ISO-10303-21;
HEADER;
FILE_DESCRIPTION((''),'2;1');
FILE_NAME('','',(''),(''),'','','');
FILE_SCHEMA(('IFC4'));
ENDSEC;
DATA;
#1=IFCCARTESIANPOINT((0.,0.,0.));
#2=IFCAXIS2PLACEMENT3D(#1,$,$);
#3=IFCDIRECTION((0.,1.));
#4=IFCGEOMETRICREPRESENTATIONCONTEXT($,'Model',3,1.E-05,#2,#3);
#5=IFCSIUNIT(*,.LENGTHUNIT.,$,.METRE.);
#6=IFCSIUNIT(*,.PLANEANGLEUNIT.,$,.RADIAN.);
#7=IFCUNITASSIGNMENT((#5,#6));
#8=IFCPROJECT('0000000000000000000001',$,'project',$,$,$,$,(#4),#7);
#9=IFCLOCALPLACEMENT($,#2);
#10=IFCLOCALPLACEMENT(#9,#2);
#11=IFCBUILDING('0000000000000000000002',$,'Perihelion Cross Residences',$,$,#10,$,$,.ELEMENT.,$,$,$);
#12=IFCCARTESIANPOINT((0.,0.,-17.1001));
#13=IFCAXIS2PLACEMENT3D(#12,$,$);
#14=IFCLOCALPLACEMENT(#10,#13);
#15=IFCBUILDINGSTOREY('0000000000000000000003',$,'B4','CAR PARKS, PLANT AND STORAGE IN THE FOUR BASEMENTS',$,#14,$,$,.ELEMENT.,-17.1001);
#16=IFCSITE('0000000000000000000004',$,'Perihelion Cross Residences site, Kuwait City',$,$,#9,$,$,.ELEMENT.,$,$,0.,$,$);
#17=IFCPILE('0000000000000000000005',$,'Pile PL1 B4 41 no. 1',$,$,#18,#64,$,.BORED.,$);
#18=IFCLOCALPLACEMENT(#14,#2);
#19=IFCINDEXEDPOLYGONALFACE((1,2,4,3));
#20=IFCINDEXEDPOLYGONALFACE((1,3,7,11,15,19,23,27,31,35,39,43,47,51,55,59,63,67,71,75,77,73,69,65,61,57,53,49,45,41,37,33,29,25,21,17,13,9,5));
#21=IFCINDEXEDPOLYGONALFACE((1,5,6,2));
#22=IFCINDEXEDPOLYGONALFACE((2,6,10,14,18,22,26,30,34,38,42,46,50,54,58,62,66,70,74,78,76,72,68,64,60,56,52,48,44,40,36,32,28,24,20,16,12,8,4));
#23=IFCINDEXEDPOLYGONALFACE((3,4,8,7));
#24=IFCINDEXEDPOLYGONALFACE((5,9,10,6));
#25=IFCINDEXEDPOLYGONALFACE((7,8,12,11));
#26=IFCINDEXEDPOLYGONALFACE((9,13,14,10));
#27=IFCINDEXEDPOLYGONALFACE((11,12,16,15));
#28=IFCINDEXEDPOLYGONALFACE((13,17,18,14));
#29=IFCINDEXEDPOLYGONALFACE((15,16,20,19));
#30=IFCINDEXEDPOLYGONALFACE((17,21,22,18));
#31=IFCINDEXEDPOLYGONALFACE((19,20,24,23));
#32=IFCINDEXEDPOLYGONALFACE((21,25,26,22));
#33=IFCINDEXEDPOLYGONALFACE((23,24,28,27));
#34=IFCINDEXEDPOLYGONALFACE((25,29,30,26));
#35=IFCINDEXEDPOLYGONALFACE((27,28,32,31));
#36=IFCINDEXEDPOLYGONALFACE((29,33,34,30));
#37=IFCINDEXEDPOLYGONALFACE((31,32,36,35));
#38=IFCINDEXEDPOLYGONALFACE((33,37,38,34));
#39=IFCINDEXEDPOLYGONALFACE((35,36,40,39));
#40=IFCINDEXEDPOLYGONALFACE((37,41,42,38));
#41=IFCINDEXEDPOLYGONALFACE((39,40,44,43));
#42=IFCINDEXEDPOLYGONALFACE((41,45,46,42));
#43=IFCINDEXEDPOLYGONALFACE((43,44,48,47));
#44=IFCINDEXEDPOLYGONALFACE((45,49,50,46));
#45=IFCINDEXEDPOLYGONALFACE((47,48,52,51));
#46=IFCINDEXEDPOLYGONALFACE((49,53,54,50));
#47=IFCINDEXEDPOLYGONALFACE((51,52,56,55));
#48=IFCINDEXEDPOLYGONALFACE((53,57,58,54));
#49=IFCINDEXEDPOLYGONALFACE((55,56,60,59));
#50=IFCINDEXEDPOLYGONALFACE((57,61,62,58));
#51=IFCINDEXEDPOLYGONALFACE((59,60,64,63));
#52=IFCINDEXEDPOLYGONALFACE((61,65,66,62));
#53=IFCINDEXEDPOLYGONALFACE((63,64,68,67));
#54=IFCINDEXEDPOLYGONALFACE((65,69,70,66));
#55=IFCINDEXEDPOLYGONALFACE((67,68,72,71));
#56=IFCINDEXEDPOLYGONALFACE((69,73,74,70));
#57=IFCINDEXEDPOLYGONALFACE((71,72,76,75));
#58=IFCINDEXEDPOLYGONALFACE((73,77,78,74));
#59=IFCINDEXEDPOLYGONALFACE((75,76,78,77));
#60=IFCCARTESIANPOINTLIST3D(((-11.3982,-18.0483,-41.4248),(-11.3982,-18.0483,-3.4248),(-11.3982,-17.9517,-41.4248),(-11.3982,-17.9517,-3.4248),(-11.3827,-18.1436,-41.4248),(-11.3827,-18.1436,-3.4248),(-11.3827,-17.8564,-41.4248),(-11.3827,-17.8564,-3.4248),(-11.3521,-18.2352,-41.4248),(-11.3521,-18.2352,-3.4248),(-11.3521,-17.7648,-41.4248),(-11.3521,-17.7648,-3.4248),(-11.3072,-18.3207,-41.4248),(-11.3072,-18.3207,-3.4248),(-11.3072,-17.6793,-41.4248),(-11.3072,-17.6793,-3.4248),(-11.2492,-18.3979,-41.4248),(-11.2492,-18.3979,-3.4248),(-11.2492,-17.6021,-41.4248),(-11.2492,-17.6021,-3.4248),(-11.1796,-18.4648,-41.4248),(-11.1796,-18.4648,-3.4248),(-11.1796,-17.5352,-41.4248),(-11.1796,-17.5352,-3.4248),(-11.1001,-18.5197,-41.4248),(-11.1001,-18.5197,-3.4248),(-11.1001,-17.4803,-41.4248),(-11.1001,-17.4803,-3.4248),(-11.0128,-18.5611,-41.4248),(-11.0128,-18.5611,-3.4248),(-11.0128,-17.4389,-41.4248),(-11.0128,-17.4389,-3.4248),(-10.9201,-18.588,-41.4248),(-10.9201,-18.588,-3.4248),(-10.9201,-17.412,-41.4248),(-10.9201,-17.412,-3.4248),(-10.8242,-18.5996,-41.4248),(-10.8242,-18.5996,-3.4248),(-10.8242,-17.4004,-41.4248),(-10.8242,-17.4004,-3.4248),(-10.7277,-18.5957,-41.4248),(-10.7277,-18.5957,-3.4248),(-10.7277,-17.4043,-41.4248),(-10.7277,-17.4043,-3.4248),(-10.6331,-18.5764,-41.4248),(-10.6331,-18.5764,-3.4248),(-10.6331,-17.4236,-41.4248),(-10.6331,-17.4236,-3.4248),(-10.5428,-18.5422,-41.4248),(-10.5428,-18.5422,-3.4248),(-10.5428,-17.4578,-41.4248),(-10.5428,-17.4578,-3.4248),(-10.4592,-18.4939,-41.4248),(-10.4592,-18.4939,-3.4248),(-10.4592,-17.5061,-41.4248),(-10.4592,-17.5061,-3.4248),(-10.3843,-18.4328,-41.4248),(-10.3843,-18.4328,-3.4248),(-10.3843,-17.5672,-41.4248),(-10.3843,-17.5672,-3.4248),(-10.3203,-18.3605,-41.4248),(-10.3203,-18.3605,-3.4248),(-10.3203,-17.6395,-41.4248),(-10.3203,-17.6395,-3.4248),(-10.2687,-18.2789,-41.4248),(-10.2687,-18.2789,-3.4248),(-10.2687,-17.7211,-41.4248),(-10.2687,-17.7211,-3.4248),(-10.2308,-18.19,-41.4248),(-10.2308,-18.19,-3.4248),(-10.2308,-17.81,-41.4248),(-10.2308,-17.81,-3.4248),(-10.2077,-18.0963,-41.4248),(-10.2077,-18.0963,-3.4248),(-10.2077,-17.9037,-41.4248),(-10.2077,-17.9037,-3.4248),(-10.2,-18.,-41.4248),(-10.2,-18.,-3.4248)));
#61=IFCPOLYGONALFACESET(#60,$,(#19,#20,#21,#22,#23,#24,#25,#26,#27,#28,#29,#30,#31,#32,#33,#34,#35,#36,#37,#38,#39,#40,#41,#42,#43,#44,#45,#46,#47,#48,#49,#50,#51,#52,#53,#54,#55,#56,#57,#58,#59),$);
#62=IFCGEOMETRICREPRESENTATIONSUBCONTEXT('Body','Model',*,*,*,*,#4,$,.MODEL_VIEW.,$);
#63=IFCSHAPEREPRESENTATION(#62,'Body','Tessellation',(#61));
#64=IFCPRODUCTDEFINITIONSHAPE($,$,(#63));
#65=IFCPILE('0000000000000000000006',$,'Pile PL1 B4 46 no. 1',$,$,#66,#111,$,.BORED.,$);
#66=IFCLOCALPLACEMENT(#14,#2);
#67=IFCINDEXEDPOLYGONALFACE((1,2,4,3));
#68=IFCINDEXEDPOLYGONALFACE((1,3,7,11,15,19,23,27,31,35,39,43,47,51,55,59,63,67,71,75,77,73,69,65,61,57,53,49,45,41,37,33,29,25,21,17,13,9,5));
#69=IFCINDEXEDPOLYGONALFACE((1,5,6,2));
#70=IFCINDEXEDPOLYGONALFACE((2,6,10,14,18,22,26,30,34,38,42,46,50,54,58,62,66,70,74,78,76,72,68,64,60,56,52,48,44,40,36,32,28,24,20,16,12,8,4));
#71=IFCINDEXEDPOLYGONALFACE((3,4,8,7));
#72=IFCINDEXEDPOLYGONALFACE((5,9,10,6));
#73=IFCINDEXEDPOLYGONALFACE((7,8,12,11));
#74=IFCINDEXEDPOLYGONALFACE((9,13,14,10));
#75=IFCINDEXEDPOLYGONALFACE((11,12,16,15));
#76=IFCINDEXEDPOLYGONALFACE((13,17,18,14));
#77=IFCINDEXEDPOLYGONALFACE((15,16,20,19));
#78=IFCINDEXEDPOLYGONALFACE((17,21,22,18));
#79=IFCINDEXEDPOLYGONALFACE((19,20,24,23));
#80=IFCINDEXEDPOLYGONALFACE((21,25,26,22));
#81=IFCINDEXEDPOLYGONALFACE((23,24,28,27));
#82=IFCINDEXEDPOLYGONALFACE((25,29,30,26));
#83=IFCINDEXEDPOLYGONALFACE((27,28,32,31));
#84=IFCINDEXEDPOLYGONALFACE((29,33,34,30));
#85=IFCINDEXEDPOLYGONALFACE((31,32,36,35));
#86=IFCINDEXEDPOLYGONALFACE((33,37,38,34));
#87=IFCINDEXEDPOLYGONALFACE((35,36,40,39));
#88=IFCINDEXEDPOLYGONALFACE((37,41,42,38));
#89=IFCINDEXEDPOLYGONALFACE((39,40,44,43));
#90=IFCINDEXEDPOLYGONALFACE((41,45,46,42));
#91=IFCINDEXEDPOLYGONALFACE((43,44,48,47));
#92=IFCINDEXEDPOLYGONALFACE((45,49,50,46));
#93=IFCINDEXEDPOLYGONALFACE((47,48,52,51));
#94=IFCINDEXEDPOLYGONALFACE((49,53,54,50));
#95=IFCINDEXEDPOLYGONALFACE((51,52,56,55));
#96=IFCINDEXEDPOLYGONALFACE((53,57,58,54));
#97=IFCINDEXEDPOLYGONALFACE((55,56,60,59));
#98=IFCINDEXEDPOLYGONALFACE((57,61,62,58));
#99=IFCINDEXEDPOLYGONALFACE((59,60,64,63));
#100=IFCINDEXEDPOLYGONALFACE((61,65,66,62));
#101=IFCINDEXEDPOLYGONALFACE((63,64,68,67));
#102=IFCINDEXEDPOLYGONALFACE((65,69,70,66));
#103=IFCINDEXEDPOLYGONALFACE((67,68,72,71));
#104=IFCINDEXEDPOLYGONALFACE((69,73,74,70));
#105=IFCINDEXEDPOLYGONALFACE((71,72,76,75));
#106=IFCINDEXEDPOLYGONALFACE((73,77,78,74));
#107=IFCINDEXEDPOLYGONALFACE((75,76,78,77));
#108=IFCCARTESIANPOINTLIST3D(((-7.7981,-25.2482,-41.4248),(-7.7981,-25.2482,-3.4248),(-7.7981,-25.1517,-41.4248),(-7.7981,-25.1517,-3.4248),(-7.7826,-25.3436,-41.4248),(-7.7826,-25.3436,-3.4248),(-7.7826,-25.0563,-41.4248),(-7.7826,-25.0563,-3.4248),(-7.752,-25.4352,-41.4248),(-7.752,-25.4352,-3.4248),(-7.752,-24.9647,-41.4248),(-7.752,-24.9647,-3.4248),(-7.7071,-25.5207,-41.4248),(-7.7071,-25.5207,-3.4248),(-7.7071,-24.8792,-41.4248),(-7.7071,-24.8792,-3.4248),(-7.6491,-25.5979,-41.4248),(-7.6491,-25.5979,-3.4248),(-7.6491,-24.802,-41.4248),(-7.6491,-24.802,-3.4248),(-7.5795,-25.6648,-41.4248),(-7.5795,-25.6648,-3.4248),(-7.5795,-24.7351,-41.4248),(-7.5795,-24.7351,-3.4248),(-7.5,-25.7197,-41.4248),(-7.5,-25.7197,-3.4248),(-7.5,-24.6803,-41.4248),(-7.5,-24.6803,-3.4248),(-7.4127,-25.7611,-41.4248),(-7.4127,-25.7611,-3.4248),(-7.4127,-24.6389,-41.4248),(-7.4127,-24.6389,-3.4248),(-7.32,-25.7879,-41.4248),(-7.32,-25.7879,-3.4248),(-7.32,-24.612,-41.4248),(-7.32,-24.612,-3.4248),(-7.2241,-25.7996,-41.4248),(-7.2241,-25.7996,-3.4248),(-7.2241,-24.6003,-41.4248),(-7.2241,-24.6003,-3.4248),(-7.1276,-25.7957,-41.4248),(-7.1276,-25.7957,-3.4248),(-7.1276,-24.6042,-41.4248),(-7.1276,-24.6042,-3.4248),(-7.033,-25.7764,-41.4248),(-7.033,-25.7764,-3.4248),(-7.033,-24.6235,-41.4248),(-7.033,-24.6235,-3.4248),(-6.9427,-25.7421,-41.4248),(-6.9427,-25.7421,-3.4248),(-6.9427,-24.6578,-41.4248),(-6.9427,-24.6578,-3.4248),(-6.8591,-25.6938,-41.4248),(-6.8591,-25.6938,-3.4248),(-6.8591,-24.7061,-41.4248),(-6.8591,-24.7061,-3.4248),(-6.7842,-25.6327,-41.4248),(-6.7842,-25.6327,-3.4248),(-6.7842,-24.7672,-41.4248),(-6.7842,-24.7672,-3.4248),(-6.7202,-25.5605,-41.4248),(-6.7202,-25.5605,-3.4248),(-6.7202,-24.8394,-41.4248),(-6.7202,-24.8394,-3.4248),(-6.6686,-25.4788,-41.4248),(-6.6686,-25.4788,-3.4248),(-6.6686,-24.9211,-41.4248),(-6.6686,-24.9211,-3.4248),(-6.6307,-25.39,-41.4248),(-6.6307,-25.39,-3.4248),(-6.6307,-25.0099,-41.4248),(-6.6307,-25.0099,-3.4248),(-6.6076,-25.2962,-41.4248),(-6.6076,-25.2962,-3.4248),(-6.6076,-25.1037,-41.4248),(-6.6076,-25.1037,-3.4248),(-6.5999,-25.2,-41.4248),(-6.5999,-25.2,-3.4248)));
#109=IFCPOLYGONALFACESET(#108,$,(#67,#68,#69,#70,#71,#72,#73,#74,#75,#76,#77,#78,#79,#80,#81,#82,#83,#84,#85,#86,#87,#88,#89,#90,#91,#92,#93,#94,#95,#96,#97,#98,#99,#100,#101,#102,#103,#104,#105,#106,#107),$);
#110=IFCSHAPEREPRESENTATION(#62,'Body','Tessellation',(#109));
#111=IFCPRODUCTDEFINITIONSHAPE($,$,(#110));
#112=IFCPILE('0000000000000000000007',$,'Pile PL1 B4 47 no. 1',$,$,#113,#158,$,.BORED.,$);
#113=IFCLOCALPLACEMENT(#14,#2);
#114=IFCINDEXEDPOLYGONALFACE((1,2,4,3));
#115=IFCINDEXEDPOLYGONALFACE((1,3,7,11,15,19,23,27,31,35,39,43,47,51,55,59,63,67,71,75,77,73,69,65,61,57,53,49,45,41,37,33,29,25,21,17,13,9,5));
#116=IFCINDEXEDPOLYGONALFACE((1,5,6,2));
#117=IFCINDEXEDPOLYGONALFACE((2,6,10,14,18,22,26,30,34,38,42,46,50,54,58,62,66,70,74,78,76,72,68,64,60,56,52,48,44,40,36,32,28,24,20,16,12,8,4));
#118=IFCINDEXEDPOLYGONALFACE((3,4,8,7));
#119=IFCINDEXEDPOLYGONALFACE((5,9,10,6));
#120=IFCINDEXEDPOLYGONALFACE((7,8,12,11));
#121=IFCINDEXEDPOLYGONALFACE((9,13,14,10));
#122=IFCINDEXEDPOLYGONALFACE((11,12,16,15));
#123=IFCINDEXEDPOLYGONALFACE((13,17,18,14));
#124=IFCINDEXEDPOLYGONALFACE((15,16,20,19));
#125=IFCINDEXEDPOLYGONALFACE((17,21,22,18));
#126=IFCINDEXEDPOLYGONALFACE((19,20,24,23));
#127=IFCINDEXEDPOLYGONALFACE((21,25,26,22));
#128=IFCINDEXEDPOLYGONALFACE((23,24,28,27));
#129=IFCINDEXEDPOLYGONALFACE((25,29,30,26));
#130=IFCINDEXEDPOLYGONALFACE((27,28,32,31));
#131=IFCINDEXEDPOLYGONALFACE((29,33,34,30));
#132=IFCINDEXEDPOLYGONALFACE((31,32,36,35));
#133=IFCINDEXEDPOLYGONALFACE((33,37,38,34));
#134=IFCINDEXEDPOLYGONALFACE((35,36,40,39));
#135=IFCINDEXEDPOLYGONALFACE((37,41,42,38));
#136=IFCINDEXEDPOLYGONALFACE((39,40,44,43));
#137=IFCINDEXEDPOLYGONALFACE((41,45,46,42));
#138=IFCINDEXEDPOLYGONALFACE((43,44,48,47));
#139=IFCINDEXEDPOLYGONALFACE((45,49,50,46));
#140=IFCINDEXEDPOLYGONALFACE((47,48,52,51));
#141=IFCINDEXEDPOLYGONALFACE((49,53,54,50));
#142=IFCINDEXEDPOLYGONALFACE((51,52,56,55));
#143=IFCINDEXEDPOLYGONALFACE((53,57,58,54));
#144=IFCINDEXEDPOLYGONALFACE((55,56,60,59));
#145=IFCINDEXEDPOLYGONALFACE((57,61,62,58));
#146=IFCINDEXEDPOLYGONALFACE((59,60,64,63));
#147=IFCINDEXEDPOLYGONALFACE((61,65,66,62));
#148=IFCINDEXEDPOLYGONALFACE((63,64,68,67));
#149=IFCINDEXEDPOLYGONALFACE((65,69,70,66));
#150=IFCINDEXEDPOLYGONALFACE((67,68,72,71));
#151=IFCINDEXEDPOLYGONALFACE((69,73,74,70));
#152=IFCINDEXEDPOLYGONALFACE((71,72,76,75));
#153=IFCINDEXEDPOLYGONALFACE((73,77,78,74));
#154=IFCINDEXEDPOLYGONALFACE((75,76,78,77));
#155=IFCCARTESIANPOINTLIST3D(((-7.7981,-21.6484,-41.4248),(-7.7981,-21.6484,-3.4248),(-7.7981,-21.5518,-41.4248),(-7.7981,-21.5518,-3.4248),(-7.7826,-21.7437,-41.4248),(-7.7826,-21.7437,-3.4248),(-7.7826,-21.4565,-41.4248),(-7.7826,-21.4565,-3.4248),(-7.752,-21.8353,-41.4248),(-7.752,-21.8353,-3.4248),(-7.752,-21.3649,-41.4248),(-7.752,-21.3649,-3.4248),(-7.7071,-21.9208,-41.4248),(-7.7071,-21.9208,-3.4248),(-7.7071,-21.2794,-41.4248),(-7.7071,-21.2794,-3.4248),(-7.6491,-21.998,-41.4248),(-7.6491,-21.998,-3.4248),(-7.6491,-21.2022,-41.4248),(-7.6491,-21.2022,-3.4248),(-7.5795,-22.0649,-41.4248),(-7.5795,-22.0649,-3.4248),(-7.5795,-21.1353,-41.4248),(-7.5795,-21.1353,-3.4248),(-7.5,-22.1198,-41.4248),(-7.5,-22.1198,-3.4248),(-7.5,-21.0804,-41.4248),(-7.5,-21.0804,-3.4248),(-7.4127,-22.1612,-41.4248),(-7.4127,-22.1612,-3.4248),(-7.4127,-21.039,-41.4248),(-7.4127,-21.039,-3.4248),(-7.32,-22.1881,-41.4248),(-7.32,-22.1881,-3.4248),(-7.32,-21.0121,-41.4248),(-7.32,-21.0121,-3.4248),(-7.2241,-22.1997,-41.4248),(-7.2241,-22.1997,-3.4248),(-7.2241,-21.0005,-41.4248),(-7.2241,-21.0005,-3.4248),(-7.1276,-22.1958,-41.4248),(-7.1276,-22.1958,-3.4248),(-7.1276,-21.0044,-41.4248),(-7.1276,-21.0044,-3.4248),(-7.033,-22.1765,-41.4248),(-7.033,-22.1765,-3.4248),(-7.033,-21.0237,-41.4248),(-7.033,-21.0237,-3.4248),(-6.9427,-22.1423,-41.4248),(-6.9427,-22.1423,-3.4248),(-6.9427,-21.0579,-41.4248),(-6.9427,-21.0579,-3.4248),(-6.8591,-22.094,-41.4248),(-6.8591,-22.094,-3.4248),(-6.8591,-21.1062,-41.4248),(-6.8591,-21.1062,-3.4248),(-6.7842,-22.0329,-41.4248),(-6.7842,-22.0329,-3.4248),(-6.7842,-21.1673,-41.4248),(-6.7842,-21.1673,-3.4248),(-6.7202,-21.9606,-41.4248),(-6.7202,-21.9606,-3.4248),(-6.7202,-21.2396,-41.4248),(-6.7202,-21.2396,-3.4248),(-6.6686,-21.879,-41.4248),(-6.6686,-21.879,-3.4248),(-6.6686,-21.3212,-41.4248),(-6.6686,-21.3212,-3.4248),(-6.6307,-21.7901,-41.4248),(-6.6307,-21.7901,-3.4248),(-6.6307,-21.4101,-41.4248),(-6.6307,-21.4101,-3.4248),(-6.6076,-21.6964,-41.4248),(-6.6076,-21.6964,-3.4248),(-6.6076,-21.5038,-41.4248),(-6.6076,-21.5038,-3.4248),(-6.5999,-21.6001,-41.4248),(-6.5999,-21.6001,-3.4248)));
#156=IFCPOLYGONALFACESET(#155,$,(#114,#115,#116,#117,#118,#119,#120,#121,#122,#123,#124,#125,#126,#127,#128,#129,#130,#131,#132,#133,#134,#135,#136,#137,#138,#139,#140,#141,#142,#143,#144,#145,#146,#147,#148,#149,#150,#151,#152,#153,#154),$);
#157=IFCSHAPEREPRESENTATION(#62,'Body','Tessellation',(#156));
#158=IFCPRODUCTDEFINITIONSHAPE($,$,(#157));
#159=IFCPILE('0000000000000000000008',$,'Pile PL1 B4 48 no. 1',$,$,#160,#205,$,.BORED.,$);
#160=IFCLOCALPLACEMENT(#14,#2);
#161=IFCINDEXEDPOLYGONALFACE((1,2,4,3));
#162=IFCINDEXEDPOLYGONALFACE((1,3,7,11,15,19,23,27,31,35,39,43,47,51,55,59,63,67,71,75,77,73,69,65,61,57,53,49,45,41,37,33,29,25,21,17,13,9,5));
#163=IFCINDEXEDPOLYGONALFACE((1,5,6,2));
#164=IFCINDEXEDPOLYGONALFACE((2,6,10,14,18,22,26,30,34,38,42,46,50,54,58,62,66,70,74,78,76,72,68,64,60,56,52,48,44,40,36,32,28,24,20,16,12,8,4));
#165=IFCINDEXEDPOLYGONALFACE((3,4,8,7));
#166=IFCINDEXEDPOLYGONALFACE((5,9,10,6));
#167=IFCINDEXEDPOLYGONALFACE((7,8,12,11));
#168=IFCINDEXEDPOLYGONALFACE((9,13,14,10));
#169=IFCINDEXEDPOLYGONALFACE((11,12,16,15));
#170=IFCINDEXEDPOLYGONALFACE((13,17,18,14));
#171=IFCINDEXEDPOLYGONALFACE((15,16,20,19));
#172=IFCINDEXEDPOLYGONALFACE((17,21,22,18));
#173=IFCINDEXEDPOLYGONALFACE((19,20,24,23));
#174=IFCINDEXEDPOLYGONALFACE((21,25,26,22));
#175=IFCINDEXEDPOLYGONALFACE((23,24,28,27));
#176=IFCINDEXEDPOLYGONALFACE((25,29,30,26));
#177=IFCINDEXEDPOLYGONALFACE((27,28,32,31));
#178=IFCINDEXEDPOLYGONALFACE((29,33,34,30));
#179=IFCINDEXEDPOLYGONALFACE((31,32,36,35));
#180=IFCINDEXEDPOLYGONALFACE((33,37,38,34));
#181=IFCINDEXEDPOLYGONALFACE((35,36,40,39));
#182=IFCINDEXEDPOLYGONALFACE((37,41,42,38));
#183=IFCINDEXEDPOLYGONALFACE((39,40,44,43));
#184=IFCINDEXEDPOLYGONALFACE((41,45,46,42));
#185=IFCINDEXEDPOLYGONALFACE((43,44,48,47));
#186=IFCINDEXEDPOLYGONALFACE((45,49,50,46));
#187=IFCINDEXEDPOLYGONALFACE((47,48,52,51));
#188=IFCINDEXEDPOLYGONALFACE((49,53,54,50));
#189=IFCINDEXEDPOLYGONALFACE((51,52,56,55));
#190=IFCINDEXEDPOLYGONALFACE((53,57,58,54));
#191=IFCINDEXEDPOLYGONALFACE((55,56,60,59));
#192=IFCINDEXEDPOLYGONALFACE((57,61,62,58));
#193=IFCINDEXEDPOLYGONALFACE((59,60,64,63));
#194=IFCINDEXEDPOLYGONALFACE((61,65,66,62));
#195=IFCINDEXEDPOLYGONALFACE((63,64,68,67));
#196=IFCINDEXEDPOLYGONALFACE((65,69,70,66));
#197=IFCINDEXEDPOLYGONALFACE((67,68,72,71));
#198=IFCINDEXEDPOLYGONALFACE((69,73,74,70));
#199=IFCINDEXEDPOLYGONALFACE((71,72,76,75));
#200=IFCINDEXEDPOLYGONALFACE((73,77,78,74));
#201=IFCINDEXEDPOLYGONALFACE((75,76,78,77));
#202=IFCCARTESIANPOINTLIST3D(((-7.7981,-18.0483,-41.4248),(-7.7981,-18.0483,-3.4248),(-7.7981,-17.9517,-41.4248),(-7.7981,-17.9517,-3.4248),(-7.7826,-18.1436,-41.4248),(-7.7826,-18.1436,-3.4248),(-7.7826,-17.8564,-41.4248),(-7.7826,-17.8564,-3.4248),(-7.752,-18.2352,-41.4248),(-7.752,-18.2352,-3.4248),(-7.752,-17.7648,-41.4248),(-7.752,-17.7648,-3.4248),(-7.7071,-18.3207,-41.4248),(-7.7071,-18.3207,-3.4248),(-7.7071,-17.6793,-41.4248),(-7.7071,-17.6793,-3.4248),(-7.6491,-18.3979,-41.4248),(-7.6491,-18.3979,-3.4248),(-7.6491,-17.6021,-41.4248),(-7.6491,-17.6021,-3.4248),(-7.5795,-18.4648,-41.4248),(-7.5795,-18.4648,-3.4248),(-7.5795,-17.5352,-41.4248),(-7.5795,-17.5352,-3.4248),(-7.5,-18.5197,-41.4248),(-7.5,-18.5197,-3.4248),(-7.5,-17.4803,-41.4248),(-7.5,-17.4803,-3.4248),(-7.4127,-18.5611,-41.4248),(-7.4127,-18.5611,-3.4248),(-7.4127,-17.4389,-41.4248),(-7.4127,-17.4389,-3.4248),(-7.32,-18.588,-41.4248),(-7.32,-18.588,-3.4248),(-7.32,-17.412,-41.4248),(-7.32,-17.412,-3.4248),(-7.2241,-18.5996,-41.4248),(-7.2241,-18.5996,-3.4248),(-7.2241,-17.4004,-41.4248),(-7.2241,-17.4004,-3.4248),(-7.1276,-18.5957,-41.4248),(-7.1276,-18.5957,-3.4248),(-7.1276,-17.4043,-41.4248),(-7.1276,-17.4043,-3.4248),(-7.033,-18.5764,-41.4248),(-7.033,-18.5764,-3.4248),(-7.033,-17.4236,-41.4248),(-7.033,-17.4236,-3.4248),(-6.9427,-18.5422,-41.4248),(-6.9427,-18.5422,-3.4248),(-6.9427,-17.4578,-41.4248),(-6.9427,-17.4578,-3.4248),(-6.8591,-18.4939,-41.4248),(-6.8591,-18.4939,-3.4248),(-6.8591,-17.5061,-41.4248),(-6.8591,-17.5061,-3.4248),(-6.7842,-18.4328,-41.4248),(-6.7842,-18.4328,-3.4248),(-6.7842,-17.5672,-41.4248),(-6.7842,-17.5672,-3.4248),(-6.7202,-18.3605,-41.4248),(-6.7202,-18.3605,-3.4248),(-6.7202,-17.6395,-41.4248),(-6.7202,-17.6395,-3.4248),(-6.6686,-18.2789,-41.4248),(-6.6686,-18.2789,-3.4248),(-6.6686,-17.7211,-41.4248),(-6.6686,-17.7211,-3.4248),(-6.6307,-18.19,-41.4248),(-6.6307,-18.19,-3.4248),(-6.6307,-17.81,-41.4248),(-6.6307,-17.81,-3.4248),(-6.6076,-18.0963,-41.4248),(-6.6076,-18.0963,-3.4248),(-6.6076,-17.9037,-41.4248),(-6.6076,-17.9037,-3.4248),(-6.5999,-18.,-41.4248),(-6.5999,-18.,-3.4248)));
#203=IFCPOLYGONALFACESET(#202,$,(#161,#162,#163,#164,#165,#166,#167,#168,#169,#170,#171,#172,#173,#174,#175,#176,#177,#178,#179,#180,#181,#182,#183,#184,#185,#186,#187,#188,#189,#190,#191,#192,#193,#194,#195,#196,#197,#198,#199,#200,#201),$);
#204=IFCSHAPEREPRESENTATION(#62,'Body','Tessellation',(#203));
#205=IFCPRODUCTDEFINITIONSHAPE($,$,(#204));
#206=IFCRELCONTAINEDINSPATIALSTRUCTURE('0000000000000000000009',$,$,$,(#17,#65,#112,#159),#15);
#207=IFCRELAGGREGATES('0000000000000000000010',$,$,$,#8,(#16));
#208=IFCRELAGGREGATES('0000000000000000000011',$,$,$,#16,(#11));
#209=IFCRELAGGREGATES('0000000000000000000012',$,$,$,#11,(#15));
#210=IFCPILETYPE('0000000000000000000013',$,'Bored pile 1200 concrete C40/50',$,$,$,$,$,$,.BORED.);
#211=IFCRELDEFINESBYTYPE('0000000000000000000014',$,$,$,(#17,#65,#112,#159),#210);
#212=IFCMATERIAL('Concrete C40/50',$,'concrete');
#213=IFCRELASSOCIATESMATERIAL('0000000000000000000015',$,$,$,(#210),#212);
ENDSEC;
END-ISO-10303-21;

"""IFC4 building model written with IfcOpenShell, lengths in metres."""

from ifc_helpers import new_model, si_unit, direction, frame, origin, origin_2d, place, context, subcontext, project, spatial, circle, extrude, material, type_object, element, save


model = new_model("IFC4")

# Units and contexts
model_context = context("Model", 3, precision=1e-05, world=origin(), true_north=direction((0.0, 1.0)))
body_context = subcontext(model_context, "Body", "Model", "MODEL_VIEW")
ifc_project = project(units=[si_unit("LENGTHUNIT", "METRE"), si_unit("PLANEANGLEUNIT", "RADIAN")], contexts=[model_context])

# Site, building, storey
site_placement = place(None, origin())
site = spatial("IfcSite", under=ifc_project, at=site_placement, Name="Perihelion Cross Residences site, Kuwait City", CompositionType="ELEMENT", RefElevation=0.0)
building_placement = place(site_placement, origin())
building = spatial("IfcBuilding", under=site, at=building_placement, Name="Perihelion Cross Residences", CompositionType="ELEMENT")
storey_placement = place(building_placement, frame((0.0, 0.0, -17.1001)))
storey = spatial("IfcBuildingStorey", under=building, at=storey_placement, Name="B4", Description="CAR PARKS, PLANT AND STORAGE IN THE FOUR BASEMENTS", CompositionType="ELEMENT", Elevation=-17.1001)

# Piles
ifc_material_1 = material(Name="Concrete C40/50", Category="concrete")
pile_type = type_object("IfcPileType", Name="Bored pile 1200 concrete C40/50", PredefinedType="BORED", material=ifc_material_1)
for number, where, z_axis, x_axis, name in (
    (1, (-10.8, -18.0, -3.4248), (0.0, 0.0, -1.0), (1.0, 0.0, 0.0), "Pile PL1 B4 41 no. 1"),
    (2, (-7.2, -25.2, -3.4248), (0.0, 0.0, -1.0), (1.0, 0.0, 0.0), "Pile PL1 B4 46 no. 1"),
    (3, (-7.2, -21.6001, -3.4248), (0.0, 0.0, -1.0), (1.0, 0.0, 0.0), "Pile PL1 B4 47 no. 1"),
    (4, (-7.2, -18.0, -3.4248), (0.0, 0.0, -1.0), (1.0, 0.0, 0.0), "Pile PL1 B4 48 no. 1"),
):
    element("IfcPile", number, at=place(storey_placement, frame(where, z_axis=z_axis, x_axis=x_axis)), inside=storey, type_object=pile_type, Name=name, PredefinedType="BORED", context=body_context, shape_type="SweptSolid", body=[
        extrude(circle(Radius=0.6001, at=origin_2d()), origin(), (0.0, 0.0, 1.0), 38.0),
    ])

save(model, "model.ifc")
